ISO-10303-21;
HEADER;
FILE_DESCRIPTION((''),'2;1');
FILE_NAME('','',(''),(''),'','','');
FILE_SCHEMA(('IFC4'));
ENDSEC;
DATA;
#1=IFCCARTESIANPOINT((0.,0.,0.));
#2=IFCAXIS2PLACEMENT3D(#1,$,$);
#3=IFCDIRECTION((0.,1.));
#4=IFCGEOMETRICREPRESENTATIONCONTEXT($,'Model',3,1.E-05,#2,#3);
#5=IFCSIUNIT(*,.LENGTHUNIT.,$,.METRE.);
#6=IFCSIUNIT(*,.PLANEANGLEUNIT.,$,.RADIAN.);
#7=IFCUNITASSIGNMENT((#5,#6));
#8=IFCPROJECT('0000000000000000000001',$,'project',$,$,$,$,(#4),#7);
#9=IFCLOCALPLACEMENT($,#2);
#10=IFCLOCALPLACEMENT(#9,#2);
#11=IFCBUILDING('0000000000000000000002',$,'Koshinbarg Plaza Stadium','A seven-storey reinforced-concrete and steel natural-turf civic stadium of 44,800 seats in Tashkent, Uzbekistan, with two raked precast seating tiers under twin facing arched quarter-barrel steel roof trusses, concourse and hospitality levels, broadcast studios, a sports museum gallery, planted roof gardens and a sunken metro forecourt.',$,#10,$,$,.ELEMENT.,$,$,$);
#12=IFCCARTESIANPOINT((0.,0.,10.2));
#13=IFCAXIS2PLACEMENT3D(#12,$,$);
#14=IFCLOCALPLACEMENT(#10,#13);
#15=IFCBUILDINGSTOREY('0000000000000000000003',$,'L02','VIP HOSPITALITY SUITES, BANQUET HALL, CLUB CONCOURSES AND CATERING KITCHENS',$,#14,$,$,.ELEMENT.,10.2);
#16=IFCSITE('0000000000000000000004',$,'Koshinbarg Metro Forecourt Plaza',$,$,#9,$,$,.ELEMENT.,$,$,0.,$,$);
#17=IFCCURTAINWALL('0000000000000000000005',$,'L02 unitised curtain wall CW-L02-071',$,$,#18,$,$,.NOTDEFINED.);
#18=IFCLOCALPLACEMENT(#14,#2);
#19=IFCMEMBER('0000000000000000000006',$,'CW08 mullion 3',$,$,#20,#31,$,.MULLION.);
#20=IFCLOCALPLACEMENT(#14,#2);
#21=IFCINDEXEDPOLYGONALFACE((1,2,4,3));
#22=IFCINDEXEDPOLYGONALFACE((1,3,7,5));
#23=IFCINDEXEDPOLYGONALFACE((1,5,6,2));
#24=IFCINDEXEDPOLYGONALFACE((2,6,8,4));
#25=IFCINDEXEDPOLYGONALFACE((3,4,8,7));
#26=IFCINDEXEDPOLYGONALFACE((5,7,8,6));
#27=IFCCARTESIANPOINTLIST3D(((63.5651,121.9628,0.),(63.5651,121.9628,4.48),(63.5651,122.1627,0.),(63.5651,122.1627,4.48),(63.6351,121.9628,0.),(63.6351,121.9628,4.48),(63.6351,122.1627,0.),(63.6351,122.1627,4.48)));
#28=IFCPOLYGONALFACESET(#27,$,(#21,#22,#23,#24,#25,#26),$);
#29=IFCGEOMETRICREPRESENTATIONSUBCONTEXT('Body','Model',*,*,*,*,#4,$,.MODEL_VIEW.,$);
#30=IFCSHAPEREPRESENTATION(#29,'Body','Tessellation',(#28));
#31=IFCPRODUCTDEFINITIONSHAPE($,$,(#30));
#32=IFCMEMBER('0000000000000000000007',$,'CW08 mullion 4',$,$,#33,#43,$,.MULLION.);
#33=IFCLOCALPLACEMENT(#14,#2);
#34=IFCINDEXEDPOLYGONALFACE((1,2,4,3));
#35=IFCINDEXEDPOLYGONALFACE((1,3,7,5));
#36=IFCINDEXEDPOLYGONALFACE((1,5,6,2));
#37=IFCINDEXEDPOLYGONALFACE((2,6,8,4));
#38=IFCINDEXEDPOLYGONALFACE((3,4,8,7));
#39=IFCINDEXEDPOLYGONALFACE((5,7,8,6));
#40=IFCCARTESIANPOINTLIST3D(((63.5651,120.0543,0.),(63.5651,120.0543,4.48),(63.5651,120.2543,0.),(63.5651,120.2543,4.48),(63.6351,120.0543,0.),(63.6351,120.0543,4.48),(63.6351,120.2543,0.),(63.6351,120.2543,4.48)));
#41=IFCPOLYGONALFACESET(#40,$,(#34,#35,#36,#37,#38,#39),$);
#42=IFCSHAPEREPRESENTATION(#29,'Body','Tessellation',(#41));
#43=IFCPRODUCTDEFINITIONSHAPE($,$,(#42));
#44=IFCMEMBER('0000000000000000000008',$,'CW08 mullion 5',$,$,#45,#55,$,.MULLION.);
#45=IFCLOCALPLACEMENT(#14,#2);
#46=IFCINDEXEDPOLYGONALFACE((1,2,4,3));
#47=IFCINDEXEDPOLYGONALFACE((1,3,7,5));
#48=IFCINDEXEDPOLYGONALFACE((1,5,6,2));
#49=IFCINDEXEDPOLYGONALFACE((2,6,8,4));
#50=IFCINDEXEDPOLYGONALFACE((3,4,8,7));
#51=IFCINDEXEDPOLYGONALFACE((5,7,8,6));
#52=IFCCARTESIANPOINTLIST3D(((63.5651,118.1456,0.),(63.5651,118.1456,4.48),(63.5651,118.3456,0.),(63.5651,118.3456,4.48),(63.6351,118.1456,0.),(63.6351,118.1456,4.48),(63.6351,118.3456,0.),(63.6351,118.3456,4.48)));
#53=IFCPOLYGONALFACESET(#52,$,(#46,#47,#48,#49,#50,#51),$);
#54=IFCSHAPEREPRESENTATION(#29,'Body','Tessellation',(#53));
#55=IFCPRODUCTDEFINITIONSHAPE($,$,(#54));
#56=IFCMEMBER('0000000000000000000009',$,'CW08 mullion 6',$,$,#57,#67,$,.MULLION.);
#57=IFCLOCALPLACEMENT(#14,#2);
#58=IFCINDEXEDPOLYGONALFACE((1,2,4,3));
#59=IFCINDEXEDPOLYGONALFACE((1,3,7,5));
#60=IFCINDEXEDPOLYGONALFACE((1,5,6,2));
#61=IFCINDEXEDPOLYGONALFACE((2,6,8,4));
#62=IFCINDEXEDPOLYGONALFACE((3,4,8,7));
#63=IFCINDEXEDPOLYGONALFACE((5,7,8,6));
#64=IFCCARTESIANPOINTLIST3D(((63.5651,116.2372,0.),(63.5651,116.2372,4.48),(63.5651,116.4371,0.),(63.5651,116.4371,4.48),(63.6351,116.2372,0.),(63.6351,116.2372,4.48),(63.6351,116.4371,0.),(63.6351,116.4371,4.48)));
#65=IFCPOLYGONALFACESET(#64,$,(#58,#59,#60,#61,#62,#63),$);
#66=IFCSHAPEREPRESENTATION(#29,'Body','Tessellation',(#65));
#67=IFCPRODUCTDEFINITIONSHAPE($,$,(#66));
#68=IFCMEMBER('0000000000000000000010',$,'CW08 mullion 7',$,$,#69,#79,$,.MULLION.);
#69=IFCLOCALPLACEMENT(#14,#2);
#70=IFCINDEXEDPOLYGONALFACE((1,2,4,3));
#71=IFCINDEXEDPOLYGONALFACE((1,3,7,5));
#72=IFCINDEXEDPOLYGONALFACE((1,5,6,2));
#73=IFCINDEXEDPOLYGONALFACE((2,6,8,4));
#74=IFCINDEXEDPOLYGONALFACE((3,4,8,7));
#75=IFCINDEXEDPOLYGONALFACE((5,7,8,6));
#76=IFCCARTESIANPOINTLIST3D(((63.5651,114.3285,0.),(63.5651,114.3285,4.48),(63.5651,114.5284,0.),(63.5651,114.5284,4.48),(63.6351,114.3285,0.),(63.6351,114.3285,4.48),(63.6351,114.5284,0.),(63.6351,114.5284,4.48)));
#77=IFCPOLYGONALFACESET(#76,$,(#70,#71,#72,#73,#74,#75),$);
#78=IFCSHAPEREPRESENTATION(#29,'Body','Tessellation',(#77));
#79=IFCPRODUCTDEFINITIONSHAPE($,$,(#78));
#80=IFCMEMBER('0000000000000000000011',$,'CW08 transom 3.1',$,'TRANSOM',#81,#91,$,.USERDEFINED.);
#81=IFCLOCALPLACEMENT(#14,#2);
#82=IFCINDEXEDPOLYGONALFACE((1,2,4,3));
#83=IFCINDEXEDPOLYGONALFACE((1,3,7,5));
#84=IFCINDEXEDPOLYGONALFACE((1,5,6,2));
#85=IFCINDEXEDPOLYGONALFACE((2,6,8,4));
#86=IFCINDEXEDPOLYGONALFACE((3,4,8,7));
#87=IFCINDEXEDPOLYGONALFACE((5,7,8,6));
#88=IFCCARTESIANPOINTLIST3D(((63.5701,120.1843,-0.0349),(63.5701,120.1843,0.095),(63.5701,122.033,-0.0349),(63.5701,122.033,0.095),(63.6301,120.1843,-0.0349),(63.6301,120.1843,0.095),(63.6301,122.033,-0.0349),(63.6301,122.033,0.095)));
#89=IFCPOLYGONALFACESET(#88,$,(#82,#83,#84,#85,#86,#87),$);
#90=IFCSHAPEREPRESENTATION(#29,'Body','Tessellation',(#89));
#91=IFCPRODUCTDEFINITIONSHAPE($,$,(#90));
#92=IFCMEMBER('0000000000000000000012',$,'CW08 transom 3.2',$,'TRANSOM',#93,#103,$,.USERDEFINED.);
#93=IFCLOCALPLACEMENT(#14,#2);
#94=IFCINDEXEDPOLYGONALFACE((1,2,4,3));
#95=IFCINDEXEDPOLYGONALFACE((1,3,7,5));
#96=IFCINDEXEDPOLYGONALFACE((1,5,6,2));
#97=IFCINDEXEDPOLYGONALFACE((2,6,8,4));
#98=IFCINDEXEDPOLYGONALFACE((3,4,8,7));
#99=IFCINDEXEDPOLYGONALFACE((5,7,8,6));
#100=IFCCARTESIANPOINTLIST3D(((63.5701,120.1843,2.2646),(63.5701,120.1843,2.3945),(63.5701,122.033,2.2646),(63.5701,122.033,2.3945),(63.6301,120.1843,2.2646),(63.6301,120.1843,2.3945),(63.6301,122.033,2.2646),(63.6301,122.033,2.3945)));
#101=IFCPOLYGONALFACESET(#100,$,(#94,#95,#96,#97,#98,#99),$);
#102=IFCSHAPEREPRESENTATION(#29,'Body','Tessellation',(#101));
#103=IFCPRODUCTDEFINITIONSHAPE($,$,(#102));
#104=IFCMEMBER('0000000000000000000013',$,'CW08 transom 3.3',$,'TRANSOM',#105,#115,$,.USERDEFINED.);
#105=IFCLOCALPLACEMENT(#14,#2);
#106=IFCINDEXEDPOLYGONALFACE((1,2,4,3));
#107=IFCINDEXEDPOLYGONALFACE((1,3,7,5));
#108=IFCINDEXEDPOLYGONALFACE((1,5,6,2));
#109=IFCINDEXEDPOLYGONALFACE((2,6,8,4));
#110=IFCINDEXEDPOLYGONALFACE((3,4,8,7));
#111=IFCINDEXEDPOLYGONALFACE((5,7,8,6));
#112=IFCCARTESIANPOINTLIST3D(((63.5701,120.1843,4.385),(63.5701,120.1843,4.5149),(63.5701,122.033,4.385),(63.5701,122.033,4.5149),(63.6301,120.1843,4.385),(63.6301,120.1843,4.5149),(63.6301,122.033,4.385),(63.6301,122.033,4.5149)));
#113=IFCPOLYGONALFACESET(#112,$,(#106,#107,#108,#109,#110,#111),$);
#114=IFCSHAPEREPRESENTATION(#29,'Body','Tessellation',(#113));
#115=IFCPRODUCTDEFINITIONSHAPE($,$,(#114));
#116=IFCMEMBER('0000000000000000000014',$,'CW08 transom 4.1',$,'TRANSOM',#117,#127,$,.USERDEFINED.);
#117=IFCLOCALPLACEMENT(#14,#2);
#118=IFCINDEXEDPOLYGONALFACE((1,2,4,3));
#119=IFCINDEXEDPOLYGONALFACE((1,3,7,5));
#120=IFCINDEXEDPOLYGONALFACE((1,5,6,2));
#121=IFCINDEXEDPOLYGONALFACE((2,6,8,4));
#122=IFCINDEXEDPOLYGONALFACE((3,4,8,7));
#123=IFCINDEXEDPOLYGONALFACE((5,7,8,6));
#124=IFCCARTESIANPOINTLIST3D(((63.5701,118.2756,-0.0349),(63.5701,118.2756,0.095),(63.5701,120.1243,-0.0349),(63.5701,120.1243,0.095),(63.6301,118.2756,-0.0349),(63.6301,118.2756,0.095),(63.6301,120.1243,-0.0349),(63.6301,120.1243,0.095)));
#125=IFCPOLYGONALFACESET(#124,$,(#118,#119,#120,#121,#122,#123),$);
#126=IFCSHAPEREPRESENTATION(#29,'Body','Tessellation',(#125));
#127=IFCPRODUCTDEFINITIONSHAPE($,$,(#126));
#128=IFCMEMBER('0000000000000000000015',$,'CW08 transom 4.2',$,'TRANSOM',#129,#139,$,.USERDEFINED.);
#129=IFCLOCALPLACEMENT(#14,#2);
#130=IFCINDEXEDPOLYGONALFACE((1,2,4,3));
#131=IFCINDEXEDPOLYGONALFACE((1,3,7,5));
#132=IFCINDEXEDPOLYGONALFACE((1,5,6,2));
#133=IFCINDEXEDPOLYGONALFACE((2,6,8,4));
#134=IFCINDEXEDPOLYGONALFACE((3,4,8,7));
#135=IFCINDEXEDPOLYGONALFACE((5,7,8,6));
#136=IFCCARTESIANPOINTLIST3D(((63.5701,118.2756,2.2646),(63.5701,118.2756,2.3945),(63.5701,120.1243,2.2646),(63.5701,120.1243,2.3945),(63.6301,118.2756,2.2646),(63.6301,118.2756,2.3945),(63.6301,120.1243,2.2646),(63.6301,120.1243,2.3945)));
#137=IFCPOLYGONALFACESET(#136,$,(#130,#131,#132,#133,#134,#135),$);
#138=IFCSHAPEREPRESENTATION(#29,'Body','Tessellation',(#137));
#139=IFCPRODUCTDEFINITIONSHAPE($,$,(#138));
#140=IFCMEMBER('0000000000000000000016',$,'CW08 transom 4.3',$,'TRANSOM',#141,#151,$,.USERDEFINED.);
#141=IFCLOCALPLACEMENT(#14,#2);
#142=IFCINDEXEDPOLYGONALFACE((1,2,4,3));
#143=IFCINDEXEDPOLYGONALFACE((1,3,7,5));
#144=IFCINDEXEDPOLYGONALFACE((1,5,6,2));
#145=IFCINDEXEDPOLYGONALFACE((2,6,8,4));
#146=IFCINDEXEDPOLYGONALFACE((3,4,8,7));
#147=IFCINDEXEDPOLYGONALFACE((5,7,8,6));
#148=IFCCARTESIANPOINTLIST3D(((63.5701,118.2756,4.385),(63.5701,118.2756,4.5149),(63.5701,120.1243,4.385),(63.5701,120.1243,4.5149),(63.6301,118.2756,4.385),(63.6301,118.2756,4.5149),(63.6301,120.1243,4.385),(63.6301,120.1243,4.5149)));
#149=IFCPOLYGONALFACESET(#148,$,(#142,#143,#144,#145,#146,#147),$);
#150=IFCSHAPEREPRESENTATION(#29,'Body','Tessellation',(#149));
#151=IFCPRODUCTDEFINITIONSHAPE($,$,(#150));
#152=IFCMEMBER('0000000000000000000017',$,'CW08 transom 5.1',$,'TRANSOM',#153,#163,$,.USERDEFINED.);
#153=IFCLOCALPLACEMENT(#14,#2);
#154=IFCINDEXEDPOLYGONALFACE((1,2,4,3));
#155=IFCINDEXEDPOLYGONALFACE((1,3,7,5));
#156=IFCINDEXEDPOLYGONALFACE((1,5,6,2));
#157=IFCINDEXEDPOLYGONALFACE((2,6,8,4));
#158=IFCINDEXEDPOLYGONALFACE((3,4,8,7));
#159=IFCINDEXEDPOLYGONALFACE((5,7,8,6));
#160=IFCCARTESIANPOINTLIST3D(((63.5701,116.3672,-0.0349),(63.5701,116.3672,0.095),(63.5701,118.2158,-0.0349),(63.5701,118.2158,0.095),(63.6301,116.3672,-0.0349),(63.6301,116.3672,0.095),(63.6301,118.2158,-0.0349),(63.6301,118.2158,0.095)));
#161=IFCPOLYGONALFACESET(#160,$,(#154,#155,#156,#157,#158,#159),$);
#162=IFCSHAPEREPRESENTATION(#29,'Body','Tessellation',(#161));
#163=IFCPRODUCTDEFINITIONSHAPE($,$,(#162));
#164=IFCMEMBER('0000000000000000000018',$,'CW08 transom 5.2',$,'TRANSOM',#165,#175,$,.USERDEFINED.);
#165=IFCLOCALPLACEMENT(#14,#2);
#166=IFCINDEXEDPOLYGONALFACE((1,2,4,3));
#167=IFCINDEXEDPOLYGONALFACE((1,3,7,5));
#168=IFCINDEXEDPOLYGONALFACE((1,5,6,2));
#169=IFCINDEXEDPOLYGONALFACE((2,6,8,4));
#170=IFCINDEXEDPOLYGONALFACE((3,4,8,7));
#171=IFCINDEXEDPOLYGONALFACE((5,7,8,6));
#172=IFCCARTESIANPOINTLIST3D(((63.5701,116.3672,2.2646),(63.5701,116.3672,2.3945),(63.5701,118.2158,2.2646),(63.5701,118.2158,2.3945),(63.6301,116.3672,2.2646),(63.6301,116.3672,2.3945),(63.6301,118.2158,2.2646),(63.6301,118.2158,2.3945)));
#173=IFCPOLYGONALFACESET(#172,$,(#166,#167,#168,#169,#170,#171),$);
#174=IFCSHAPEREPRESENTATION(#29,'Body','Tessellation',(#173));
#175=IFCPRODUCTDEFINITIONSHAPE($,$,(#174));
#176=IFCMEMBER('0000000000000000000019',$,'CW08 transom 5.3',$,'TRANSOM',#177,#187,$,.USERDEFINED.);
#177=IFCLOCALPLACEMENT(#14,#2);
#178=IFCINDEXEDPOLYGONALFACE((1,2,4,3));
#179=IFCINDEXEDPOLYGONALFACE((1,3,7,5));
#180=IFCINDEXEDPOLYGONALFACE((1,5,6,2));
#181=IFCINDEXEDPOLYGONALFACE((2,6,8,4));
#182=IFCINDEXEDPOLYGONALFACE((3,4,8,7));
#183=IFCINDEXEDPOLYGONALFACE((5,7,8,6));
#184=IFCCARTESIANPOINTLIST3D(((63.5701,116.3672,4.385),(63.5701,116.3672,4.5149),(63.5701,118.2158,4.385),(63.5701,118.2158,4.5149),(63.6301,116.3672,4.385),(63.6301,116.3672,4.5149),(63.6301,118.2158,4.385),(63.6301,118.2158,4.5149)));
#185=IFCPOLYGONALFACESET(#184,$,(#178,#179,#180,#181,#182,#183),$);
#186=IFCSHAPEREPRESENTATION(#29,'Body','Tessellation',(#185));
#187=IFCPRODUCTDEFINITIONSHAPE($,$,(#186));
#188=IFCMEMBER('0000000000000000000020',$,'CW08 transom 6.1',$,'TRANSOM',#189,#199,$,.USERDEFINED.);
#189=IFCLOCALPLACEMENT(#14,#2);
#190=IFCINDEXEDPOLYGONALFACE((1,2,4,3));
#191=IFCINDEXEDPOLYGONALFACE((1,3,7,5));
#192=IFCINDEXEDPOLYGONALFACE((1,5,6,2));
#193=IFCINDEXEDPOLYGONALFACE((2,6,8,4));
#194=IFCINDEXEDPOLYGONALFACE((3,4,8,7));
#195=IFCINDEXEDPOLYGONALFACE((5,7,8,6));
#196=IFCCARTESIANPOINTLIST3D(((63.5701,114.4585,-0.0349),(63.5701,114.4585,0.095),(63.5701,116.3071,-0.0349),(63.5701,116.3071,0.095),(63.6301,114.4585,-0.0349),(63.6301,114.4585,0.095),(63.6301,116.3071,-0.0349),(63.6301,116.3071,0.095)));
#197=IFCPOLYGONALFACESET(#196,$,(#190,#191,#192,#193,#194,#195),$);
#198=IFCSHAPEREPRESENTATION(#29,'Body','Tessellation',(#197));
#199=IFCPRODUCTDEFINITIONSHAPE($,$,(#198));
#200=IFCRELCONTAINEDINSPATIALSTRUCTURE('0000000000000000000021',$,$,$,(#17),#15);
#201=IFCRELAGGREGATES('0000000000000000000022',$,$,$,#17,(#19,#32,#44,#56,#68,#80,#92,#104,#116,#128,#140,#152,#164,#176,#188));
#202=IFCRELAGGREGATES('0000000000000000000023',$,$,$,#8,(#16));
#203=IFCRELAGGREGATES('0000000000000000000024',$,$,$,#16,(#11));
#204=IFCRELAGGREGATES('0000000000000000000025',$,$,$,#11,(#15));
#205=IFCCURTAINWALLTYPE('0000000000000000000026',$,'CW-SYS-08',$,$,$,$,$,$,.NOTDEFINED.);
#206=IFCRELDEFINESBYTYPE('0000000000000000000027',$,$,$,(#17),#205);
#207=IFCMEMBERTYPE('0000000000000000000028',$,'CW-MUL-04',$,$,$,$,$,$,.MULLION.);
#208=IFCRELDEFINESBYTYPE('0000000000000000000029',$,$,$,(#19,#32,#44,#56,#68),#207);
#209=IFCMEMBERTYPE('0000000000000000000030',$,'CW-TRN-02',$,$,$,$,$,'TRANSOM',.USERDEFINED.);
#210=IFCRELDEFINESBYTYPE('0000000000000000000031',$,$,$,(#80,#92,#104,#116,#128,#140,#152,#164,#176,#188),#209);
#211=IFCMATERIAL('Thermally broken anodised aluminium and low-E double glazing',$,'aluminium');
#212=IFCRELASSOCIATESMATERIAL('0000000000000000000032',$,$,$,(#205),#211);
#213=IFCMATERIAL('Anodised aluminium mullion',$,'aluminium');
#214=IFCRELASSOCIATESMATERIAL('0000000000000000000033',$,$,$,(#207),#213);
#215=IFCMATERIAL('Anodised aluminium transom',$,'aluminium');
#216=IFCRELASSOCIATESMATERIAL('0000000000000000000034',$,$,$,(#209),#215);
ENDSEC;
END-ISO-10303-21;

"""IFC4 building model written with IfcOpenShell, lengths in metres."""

from ifc_helpers import new_model, si_unit, direction, frame, origin, origin_2d, place, context, subcontext, project, spatial, rectangle, extrude, material, material_profile, profile_set, type_object, element, aggregate, save


model = new_model("IFC4")

# Units and contexts
model_context = context("Model", 3, precision=1e-05, world=origin(), true_north=direction((0.0, 1.0)))
body_context = subcontext(model_context, "Body", "Model", "MODEL_VIEW")
ifc_project = project(units=[si_unit("LENGTHUNIT", "METRE"), si_unit("PLANEANGLEUNIT", "RADIAN")], contexts=[model_context])

# Site, building, storey
site_placement = place(None, origin())
site = spatial("IfcSite", under=ifc_project, at=site_placement, Name="Koshinbarg Metro Forecourt Plaza", CompositionType="ELEMENT", RefElevation=0.0)
building_placement = place(site_placement, origin())
building = spatial("IfcBuilding", under=site, at=building_placement, Name="Koshinbarg Plaza Stadium", Description="A seven-storey reinforced-concrete and steel natural-turf civic stadium of 44,800 seats in Tashkent, Uzbekistan, with two raked precast seating tiers under twin facing arched quarter-barrel steel roof trusses, concourse and hospitality levels, broadcast studios, a sports museum gallery, planted roof gardens and a sunken metro forecourt.", CompositionType="ELEMENT")
storey_placement = place(building_placement, frame((0.0, 0.0, 10.2)))
storey = spatial("IfcBuildingStorey", under=building, at=storey_placement, Name="L02", Description="VIP HOSPITALITY SUITES, BANQUET HALL, CLUB CONCOURSES AND CATERING KITCHENS", CompositionType="ELEMENT", Elevation=10.2)

# Curtain wall, members
ifc_material_1 = material(Name="Thermally broken anodised aluminium and low-E double glazing", Category="aluminium")
curtain_wall_type = type_object("IfcCurtainWallType", Name="CW-SYS-08", PredefinedType="NOTDEFINED", material=ifc_material_1)
curtain_wall_placement = place(storey_placement, origin())
curtain_wall = element("IfcCurtainWall", 1, at=curtain_wall_placement, inside=storey, type_object=curtain_wall_type, Name="L02 unitised curtain wall CW-L02-071", PredefinedType="NOTDEFINED")
ifc_material_2 = material(Name="Anodised aluminium mullion", Category="aluminium")
ifc_material_profile_1 = material_profile(ifc_material_2, rectangle(XDim=0.0701, YDim=0.2, at=origin_2d()), Name="ALU 70x200")
ifc_profile_set_1 = profile_set([ifc_material_profile_1], Name="Anodised aluminium mullion")
member_type_1 = type_object("IfcMemberType", Name="CW-MUL-04", PredefinedType="MULLION", material=ifc_profile_set_1)
member_1_placement = place(storey_placement, frame((63.6001, 122.0627, 0.0), z_axis=(0.0, 0.0, 1.0), x_axis=(1.0, 0.0, 0.0)))
member_1 = element("IfcMember", 2, at=member_1_placement, type_object=member_type_1, Name="CW08 mullion 3", PredefinedType="MULLION", context=body_context, shape_type="SweptSolid", body=[
    extrude(rectangle(XDim=0.0701, YDim=0.2, at=origin_2d()), origin(), (0.0, 0.0, 1.0), 4.48),
])
member_2_placement = place(storey_placement, frame((63.6001, 120.1543, 0.0), z_axis=(0.0, 0.0, 1.0), x_axis=(1.0, 0.0, 0.0)))
member_2 = element("IfcMember", 3, at=member_2_placement, type_object=member_type_1, Name="CW08 mullion 4", PredefinedType="MULLION", context=body_context, shape_type="SweptSolid", body=[
    extrude(rectangle(XDim=0.0701, YDim=0.2, at=origin_2d()), origin(), (0.0, 0.0, 1.0), 4.48),
])
member_3_placement = place(storey_placement, frame((63.6001, 118.2456, 0.0), z_axis=(0.0, 0.0, 1.0), x_axis=(1.0, 0.0, 0.0)))
member_3 = element("IfcMember", 4, at=member_3_placement, type_object=member_type_1, Name="CW08 mullion 5", PredefinedType="MULLION", context=body_context, shape_type="SweptSolid", body=[
    extrude(rectangle(XDim=0.0701, YDim=0.2, at=origin_2d()), origin(), (0.0, 0.0, 1.0), 4.48),
])
member_4_placement = place(storey_placement, frame((63.6001, 116.3372, 0.0), z_axis=(0.0, 0.0, 1.0), x_axis=(1.0, 0.0, 0.0)))
member_4 = element("IfcMember", 5, at=member_4_placement, type_object=member_type_1, Name="CW08 mullion 6", PredefinedType="MULLION", context=body_context, shape_type="SweptSolid", body=[
    extrude(rectangle(XDim=0.0701, YDim=0.2, at=origin_2d()), origin(), (0.0, 0.0, 1.0), 4.48),
])
member_5_placement = place(storey_placement, frame((63.6001, 114.4285, 0.0), z_axis=(0.0, 0.0, 1.0), x_axis=(1.0, 0.0, 0.0)))
member_5 = element("IfcMember", 6, at=member_5_placement, type_object=member_type_1, Name="CW08 mullion 7", PredefinedType="MULLION", context=body_context, shape_type="SweptSolid", body=[
    extrude(rectangle(XDim=0.0701, YDim=0.2, at=origin_2d()), origin(), (0.0, 0.0, 1.0), 4.48),
])
ifc_material_3 = material(Name="Anodised aluminium transom", Category="aluminium")
ifc_material_profile_2 = material_profile(ifc_material_3, rectangle(XDim=0.0601, YDim=0.1299, at=origin_2d()), Name="ALU 60x130")
ifc_profile_set_2 = profile_set([ifc_material_profile_2], Name="Anodised aluminium transom")
member_type_2 = type_object("IfcMemberType", Name="CW-TRN-02", ElementType="TRANSOM", PredefinedType="USERDEFINED", material=ifc_profile_set_2)
member_6_placement = place(storey_placement, frame((63.6001, 122.033, 0.03), z_axis=(0.0, -1.0, 0.0), x_axis=(1.0, 0.0, 0.0)))
member_6 = element("IfcMember", 7, at=member_6_placement, type_object=member_type_2, Name="CW08 transom 3.1", ObjectType="TRANSOM", PredefinedType="USERDEFINED", context=body_context, shape_type="SweptSolid", body=[
    extrude(rectangle(XDim=0.0601, YDim=0.1299, at=origin_2d()), origin(), (0.0, 0.0, 1.0), 1.8486),
])
member_7_placement = place(storey_placement, frame((63.6001, 122.033, 2.3296), z_axis=(0.0, -1.0, 0.0), x_axis=(1.0, 0.0, 0.0)))
member_7 = element("IfcMember", 8, at=member_7_placement, type_object=member_type_2, Name="CW08 transom 3.2", ObjectType="TRANSOM", PredefinedType="USERDEFINED", context=body_context, shape_type="SweptSolid", body=[
    extrude(rectangle(XDim=0.0601, YDim=0.1299, at=origin_2d()), origin(), (0.0, 0.0, 1.0), 1.8486),
])
member_8_placement = place(storey_placement, frame((63.6001, 122.033, 4.45), z_axis=(0.0, -1.0, 0.0), x_axis=(1.0, 0.0, 0.0)))
member_8 = element("IfcMember", 9, at=member_8_placement, type_object=member_type_2, Name="CW08 transom 3.3", ObjectType="TRANSOM", PredefinedType="USERDEFINED", context=body_context, shape_type="SweptSolid", body=[
    extrude(rectangle(XDim=0.0601, YDim=0.1299, at=origin_2d()), origin(), (0.0, 0.0, 1.0), 1.8486),
])
member_9_placement = place(storey_placement, frame((63.6001, 120.1243, 0.03), z_axis=(0.0, -1.0, 0.0), x_axis=(1.0, 0.0, 0.0)))
member_9 = element("IfcMember", 10, at=member_9_placement, type_object=member_type_2, Name="CW08 transom 4.1", ObjectType="TRANSOM", PredefinedType="USERDEFINED", context=body_context, shape_type="SweptSolid", body=[
    extrude(rectangle(XDim=0.0601, YDim=0.1299, at=origin_2d()), origin(), (0.0, 0.0, 1.0), 1.8486),
])
member_10_placement = place(storey_placement, frame((63.6001, 120.1243, 2.3296), z_axis=(0.0, -1.0, 0.0), x_axis=(1.0, 0.0, 0.0)))
member_10 = element("IfcMember", 11, at=member_10_placement, type_object=member_type_2, Name="CW08 transom 4.2", ObjectType="TRANSOM", PredefinedType="USERDEFINED", context=body_context, shape_type="SweptSolid", body=[
    extrude(rectangle(XDim=0.0601, YDim=0.1299, at=origin_2d()), origin(), (0.0, 0.0, 1.0), 1.8486),
])
member_11_placement = place(storey_placement, frame((63.6001, 120.1243, 4.45), z_axis=(0.0, -1.0, 0.0), x_axis=(1.0, 0.0, 0.0)))
member_11 = element("IfcMember", 12, at=member_11_placement, type_object=member_type_2, Name="CW08 transom 4.3", ObjectType="TRANSOM", PredefinedType="USERDEFINED", context=body_context, shape_type="SweptSolid", body=[
    extrude(rectangle(XDim=0.0601, YDim=0.1299, at=origin_2d()), origin(), (0.0, 0.0, 1.0), 1.8486),
])
member_12_placement = place(storey_placement, frame((63.6001, 118.2158, 0.03), z_axis=(0.0, -1.0, 0.0), x_axis=(1.0, 0.0, 0.0)))
member_12 = element("IfcMember", 13, at=member_12_placement, type_object=member_type_2, Name="CW08 transom 5.1", ObjectType="TRANSOM", PredefinedType="USERDEFINED", context=body_context, shape_type="SweptSolid", body=[
    extrude(rectangle(XDim=0.0601, YDim=0.1299, at=origin_2d()), origin(), (0.0, 0.0, 1.0), 1.8486),
])
member_13_placement = place(storey_placement, frame((63.6001, 118.2158, 2.3296), z_axis=(0.0, -1.0, 0.0), x_axis=(1.0, 0.0, 0.0)))
member_13 = element("IfcMember", 14, at=member_13_placement, type_object=member_type_2, Name="CW08 transom 5.2", ObjectType="TRANSOM", PredefinedType="USERDEFINED", context=body_context, shape_type="SweptSolid", body=[
    extrude(rectangle(XDim=0.0601, YDim=0.1299, at=origin_2d()), origin(), (0.0, 0.0, 1.0), 1.8486),
])
member_14_placement = place(storey_placement, frame((63.6001, 118.2158, 4.45), z_axis=(0.0, -1.0, 0.0), x_axis=(1.0, 0.0, 0.0)))
member_14 = element("IfcMember", 15, at=member_14_placement, type_object=member_type_2, Name="CW08 transom 5.3", ObjectType="TRANSOM", PredefinedType="USERDEFINED", context=body_context, shape_type="SweptSolid", body=[
    extrude(rectangle(XDim=0.0601, YDim=0.1299, at=origin_2d()), origin(), (0.0, 0.0, 1.0), 1.8486),
])
member_15_placement = place(storey_placement, frame((63.6001, 116.3071, 0.03), z_axis=(0.0, -1.0, 0.0), x_axis=(1.0, 0.0, 0.0)))
member_15 = element("IfcMember", 16, at=member_15_placement, type_object=member_type_2, Name="CW08 transom 6.1", ObjectType="TRANSOM", PredefinedType="USERDEFINED", context=body_context, shape_type="SweptSolid", body=[
    extrude(rectangle(XDim=0.0601, YDim=0.1299, at=origin_2d()), origin(), (0.0, 0.0, 1.0), 1.8486),
])
aggregate(curtain_wall, [member_1, member_2, member_3, member_4, member_5, member_6, member_7, member_8, member_9, member_10, member_11, member_12, member_13, member_14, member_15])

save(model, "model.ifc")
